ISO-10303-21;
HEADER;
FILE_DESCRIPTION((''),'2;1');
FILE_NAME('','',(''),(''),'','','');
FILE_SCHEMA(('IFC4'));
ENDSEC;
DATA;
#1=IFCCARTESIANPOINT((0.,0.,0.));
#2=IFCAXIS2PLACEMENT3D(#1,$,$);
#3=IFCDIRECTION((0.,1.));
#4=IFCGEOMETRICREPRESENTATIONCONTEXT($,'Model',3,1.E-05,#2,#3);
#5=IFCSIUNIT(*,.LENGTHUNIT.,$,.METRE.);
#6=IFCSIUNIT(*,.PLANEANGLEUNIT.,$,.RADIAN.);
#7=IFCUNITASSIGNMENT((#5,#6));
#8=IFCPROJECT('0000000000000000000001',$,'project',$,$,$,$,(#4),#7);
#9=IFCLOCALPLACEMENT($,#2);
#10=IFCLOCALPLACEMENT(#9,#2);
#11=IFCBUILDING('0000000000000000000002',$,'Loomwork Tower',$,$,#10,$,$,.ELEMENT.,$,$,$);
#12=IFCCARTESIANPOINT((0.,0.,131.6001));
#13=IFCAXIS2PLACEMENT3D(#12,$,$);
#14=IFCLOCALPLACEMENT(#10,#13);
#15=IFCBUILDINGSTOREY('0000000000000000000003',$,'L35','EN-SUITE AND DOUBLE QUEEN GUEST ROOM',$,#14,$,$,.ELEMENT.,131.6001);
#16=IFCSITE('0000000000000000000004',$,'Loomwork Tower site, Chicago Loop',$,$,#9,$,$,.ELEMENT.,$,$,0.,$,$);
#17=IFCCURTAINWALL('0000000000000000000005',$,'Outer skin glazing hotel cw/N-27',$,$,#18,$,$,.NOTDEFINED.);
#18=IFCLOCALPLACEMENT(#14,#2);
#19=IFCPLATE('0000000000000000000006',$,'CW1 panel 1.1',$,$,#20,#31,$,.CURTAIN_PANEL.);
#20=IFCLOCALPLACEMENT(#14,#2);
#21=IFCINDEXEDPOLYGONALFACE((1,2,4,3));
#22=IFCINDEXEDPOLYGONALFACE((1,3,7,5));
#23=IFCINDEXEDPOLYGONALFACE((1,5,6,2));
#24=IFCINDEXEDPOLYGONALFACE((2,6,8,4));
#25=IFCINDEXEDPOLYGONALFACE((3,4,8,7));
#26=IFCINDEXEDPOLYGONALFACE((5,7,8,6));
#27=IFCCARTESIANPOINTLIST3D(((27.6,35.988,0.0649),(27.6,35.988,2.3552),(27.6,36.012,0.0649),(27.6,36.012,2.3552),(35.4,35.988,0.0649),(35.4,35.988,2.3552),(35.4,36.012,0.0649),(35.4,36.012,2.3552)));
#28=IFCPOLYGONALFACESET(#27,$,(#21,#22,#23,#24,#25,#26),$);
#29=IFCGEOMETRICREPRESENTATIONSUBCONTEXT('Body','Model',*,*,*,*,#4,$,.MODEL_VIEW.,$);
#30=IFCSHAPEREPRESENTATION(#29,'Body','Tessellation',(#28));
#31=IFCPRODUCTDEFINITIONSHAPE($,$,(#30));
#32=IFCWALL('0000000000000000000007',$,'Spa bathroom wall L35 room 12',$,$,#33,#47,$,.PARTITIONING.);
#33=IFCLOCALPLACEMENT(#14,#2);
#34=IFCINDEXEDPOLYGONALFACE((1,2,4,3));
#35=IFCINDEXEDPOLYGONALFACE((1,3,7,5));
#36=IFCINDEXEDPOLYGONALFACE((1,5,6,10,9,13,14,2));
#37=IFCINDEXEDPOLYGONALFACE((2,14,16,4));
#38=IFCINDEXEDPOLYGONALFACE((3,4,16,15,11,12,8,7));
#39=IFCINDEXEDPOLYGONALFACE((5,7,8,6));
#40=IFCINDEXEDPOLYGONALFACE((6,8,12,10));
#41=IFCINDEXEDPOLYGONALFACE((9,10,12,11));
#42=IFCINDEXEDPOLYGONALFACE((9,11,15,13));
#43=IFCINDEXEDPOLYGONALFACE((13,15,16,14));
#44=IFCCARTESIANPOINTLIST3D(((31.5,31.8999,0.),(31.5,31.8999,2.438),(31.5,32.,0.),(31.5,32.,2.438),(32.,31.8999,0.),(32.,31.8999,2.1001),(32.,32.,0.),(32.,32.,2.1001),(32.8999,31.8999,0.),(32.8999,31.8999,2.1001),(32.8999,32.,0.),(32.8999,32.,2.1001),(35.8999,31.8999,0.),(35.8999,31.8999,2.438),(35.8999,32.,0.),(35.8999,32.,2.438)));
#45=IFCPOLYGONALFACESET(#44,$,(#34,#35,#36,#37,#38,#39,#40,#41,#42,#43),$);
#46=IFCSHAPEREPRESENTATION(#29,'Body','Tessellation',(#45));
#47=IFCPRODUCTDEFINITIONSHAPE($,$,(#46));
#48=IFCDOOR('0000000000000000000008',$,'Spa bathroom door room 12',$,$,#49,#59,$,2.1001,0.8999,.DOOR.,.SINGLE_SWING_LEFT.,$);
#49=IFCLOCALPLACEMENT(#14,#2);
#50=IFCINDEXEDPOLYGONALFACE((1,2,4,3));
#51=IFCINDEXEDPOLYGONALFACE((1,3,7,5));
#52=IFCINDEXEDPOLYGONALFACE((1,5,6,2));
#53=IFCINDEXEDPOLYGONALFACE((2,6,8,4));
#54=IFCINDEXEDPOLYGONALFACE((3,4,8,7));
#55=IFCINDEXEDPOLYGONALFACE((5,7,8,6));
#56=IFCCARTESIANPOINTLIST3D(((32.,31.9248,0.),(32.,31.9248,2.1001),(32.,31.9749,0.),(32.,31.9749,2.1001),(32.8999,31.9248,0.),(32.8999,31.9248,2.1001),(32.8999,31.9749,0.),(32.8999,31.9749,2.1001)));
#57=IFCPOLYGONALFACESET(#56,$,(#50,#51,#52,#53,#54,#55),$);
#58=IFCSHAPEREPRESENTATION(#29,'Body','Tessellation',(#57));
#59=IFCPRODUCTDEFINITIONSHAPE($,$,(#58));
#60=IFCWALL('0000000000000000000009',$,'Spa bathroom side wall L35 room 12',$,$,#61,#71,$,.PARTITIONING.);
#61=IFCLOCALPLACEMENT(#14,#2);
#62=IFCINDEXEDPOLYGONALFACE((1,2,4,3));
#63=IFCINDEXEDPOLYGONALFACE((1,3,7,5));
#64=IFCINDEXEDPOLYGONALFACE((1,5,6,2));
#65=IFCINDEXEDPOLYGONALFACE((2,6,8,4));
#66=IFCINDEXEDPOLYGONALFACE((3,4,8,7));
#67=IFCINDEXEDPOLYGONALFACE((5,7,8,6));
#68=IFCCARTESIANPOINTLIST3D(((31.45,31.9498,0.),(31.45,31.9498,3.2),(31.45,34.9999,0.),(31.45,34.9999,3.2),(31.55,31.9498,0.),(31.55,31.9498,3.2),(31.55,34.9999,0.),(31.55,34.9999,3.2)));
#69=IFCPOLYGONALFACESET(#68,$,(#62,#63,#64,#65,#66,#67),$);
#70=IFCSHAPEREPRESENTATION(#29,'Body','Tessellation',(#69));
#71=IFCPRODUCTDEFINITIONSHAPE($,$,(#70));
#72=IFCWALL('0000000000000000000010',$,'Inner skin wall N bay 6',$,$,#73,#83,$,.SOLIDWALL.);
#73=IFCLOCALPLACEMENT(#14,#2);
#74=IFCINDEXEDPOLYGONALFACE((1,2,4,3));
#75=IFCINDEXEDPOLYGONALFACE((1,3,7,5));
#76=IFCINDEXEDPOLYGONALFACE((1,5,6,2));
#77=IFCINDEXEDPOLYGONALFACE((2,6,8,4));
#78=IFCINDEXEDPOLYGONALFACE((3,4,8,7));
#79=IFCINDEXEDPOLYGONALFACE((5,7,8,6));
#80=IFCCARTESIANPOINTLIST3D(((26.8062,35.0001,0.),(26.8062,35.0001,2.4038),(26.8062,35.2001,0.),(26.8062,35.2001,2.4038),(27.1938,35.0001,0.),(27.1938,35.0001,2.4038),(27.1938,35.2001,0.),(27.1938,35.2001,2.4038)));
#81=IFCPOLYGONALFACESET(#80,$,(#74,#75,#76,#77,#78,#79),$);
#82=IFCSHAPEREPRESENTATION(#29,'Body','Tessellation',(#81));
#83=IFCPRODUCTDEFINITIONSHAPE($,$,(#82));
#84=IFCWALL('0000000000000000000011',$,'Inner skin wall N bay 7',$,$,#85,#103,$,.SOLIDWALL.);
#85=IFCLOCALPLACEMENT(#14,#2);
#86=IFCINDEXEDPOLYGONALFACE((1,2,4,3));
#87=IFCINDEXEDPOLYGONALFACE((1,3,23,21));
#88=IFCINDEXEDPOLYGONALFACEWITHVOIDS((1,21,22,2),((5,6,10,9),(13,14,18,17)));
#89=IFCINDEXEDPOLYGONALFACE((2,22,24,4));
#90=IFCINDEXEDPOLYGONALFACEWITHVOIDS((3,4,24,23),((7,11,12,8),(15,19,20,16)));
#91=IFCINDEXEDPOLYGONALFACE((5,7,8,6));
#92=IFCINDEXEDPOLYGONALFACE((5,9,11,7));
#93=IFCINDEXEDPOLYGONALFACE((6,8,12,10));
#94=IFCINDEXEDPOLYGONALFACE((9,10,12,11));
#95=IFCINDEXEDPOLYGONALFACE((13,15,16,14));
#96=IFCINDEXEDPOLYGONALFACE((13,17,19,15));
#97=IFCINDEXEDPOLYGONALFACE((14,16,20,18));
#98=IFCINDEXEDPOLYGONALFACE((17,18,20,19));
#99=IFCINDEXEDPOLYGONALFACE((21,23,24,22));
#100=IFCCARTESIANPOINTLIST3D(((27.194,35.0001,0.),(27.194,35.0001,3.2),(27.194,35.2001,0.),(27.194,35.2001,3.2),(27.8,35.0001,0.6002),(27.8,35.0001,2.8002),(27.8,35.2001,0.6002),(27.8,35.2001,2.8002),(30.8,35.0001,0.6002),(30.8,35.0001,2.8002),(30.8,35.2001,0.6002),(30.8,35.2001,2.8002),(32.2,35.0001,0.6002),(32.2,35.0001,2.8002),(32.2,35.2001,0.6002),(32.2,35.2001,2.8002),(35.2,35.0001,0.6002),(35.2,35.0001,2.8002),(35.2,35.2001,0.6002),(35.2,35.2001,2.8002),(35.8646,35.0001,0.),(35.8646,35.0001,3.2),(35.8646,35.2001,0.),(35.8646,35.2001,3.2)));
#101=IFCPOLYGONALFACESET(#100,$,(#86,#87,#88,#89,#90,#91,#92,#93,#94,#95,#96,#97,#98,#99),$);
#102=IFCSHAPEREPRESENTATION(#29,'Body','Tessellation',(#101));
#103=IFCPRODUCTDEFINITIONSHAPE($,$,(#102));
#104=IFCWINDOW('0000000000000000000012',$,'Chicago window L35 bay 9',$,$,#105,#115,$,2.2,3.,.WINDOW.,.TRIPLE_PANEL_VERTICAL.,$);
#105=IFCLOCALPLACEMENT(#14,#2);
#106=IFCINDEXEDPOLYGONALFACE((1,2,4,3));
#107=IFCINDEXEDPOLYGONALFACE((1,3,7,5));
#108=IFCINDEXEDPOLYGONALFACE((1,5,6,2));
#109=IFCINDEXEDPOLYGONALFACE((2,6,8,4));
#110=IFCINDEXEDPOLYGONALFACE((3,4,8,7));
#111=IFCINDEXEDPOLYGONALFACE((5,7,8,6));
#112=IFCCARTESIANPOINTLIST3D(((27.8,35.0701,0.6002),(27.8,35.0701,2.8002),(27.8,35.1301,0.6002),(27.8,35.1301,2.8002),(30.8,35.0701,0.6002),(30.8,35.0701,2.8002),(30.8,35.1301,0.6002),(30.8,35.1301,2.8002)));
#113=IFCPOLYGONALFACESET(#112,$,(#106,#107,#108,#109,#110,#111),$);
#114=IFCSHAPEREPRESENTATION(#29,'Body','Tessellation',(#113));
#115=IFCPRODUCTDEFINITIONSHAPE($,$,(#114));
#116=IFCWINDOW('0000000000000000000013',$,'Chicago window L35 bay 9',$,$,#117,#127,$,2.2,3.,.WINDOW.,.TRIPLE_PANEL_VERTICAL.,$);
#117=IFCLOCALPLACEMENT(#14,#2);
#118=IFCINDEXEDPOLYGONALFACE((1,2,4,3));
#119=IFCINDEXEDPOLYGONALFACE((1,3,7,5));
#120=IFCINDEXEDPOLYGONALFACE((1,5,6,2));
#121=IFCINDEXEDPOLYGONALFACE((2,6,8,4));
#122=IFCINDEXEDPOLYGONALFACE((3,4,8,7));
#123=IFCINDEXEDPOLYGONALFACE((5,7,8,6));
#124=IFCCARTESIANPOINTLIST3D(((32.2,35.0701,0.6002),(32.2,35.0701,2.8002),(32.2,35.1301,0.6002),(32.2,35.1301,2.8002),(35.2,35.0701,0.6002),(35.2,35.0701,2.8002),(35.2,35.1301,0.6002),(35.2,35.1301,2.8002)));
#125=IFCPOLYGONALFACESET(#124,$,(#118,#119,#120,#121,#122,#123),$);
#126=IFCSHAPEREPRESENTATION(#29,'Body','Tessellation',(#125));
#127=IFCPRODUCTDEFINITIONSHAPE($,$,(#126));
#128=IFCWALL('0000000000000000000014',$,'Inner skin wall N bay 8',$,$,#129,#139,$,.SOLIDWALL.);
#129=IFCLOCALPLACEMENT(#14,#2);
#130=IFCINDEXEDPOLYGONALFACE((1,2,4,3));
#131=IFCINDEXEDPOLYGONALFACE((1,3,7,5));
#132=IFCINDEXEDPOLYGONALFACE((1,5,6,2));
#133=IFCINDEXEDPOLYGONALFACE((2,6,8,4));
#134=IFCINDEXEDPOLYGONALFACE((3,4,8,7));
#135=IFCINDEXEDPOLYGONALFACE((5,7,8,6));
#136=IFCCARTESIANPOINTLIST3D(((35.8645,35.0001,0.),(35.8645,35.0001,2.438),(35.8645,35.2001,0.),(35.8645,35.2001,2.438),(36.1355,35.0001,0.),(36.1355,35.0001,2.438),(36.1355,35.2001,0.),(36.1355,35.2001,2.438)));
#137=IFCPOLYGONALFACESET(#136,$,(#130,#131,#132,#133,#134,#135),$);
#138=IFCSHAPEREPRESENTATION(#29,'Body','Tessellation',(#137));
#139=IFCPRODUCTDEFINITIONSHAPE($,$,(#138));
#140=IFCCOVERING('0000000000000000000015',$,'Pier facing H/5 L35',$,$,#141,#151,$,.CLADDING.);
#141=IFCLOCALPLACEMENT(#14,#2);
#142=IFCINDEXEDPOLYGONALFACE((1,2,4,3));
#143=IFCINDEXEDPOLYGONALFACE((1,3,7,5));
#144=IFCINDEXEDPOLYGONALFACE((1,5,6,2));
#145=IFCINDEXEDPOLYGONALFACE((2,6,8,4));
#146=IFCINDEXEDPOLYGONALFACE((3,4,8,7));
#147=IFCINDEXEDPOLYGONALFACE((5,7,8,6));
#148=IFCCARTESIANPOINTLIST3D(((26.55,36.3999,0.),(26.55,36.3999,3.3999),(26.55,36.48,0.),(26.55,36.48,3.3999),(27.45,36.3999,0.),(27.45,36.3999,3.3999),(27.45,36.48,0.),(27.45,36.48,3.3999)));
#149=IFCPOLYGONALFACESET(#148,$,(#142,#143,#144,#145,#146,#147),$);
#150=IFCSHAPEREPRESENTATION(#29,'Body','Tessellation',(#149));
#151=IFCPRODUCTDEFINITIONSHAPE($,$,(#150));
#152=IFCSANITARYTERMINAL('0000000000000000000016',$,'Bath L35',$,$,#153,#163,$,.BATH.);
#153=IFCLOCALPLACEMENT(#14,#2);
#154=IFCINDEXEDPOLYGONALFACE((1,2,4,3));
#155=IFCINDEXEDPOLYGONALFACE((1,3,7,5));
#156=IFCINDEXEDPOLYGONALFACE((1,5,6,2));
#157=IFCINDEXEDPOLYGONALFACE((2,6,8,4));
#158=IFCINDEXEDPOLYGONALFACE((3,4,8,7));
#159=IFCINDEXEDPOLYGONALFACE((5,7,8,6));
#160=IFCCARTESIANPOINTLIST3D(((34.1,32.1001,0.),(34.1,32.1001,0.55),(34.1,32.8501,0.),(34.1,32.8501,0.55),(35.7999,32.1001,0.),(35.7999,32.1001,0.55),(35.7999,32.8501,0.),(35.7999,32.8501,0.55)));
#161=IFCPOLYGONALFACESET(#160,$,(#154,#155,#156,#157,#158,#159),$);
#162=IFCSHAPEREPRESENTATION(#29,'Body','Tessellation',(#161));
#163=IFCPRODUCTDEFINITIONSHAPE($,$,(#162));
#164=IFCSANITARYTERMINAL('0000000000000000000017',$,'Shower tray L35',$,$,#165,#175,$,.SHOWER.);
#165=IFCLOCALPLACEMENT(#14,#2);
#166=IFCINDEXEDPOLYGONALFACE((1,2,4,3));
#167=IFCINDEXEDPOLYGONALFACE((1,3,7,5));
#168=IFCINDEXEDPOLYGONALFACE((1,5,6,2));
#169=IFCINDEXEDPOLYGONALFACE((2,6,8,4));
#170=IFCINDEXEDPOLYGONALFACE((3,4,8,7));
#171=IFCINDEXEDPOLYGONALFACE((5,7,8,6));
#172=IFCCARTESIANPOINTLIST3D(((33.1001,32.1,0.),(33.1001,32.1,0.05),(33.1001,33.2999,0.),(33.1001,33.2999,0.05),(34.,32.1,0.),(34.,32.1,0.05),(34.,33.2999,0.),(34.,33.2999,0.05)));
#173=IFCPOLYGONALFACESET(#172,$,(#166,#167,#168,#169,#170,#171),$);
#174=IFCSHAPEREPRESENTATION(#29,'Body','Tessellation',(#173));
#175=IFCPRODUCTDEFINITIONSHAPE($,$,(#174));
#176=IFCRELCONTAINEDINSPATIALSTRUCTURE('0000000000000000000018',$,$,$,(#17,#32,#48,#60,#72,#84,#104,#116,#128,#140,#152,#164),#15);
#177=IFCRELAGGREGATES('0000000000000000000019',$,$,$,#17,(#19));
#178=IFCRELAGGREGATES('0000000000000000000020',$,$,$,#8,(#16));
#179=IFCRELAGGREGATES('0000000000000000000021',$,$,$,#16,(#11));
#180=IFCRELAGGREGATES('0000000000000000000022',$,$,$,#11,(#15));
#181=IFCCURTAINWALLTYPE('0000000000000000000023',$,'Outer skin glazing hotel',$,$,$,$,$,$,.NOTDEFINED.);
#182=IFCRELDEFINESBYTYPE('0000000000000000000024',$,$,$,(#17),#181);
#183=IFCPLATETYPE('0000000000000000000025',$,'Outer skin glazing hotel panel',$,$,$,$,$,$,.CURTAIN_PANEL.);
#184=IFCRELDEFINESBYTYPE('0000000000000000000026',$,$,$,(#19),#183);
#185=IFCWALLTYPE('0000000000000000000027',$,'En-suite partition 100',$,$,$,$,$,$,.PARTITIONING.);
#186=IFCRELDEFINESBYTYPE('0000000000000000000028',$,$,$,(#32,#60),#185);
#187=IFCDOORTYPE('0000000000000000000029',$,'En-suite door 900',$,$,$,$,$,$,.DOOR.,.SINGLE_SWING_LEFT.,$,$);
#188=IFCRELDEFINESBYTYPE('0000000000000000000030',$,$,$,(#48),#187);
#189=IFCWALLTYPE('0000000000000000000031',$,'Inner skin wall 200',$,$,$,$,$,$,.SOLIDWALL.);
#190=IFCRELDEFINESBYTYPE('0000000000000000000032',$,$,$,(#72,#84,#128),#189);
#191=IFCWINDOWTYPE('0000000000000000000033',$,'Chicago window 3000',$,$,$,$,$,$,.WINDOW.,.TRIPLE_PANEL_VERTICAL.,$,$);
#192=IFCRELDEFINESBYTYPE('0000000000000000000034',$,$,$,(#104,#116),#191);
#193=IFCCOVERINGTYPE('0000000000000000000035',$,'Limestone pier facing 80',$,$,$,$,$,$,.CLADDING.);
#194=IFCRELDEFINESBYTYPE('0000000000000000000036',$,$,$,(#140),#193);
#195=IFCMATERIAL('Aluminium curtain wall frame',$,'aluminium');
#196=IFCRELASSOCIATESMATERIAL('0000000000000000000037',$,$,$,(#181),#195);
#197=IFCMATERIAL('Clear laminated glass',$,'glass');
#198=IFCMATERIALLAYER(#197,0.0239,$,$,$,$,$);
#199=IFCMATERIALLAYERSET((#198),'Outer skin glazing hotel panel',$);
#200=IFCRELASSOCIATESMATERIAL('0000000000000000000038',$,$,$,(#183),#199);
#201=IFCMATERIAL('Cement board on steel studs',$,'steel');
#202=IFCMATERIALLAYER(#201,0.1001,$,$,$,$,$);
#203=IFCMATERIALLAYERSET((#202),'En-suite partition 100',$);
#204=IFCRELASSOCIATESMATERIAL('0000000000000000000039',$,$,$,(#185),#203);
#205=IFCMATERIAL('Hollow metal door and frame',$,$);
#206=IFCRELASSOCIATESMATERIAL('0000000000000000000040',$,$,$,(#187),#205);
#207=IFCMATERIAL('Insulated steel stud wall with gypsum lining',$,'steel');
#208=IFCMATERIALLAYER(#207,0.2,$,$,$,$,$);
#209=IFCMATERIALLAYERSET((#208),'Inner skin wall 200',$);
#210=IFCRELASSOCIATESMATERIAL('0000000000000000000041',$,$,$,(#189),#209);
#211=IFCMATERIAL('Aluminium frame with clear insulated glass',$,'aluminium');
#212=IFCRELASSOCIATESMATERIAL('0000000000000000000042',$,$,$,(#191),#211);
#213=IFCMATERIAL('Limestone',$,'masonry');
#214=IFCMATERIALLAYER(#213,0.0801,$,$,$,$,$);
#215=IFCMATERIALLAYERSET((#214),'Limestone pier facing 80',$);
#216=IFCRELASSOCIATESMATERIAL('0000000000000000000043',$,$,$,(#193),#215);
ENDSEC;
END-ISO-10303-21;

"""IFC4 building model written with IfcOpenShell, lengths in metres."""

from ifc_helpers import new_model, si_unit, direction, frame, frame_2d, origin, origin_2d, place, context, subcontext, project, spatial, rectangle, extrude, material, layer, layer_set, type_object, element, fill, aggregate, save


model = new_model("IFC4")

# Units and contexts
model_context = context("Model", 3, precision=1e-05, world=origin(), true_north=direction((0.0, 1.0)))
body_context = subcontext(model_context, "Body", "Model", "MODEL_VIEW")
ifc_project = project(units=[si_unit("LENGTHUNIT", "METRE"), si_unit("PLANEANGLEUNIT", "RADIAN")], contexts=[model_context])

# Site, building, storey
site_placement = place(None, origin())
site = spatial("IfcSite", under=ifc_project, at=site_placement, Name="Loomwork Tower site, Chicago Loop", CompositionType="ELEMENT", RefElevation=0.0)
building_placement = place(site_placement, origin())
building = spatial("IfcBuilding", under=site, at=building_placement, Name="Loomwork Tower", CompositionType="ELEMENT")
storey_placement = place(building_placement, frame((0.0, 0.0, 131.6001)))
storey = spatial("IfcBuildingStorey", under=building, at=storey_placement, Name="L35", Description="EN-SUITE AND DOUBLE QUEEN GUEST ROOM", CompositionType="ELEMENT", Elevation=131.6001)

# Curtain wall
ifc_material_1 = material(Name="Aluminium curtain wall frame", Category="aluminium")
curtain_wall_type = type_object("IfcCurtainWallType", Name="Outer skin glazing hotel", PredefinedType="NOTDEFINED", material=ifc_material_1)
curtain_wall_1_placement = place(storey_placement, origin())
curtain_wall_1 = element("IfcCurtainWall", 1, at=curtain_wall_1_placement, inside=storey, type_object=curtain_wall_type, Name="Outer skin glazing hotel cw/N-27", PredefinedType="NOTDEFINED")

# Plate
ifc_material_2 = material(Name="Clear laminated glass", Category="glass")
ifc_layer_1 = layer(ifc_material_2, 0.0239)
ifc_layer_set_1 = layer_set([ifc_layer_1], Name="Outer skin glazing hotel panel")
plate_type = type_object("IfcPlateType", Name="Outer skin glazing hotel panel", PredefinedType="CURTAIN_PANEL", material=ifc_layer_set_1)
plate_1_placement = place(storey_placement, frame((31.5, 36.0, 0.0649), z_axis=(0.0, 0.0, 1.0), x_axis=(-1.0, 0.0, 0.0)))
plate_1 = element("IfcPlate", 2, at=plate_1_placement, type_object=plate_type, Name="CW1 panel 1.1", PredefinedType="CURTAIN_PANEL", context=body_context, shape_type="SweptSolid", body=[
    extrude(rectangle(XDim=7.8, YDim=0.0239, at=origin_2d()), origin(), (0.0, 0.0, 1.0), 2.2903),
])
aggregate(curtain_wall_1, [plate_1])

# Wall, opening, door
ifc_material_3 = material(Name="Cement board on steel studs", Category="steel")
ifc_layer_2 = layer(ifc_material_3, 0.1001)
ifc_layer_set_2 = layer_set([ifc_layer_2], Name="En-suite partition 100")
wall_type_1 = type_object("IfcWallType", Name="En-suite partition 100", PredefinedType="PARTITIONING", material=ifc_layer_set_2)
wall_1_placement = place(storey_placement, frame((31.5, 31.95, 0.0), z_axis=(0.0, 0.0, 1.0), x_axis=(1.0, 0.0, 0.0)))
wall_1 = element("IfcWall", 3, at=wall_1_placement, inside=storey, type_object=wall_type_1, Name="Spa bathroom wall L35 room 12", PredefinedType="PARTITIONING", context=body_context, shape_type="SweptSolid", body=[
    extrude(rectangle(XDim=4.3999, YDim=0.1001, at=frame_2d((2.2, 0.0))), origin(), (0.0, 0.0, 1.0), 2.438),
])
opening_1_placement = place(wall_1_placement, frame((0.5, 0.0, 0.0)))
opening_1 = element("IfcOpeningElement", 4, at=opening_1_placement, cuts=wall_1, PredefinedType="OPENING", context=body_context, shape_type="SweptSolid", body=[
    extrude(rectangle(XDim=0.8999, YDim=2.1001, at=frame_2d((0.45, 1.05))), frame((0.0, 0.0601, 0.0), z_axis=(0.0, -1.0, 0.0), x_axis=(1.0, 0.0, 0.0)), (0.0, 0.0, 1.0), 0.1201),
])
ifc_material_4 = material(Name="Hollow metal door and frame")
door_type = type_object("IfcDoorType", Name="En-suite door 900", OperationType="SINGLE_SWING_LEFT", PredefinedType="DOOR", material=ifc_material_4)
door_placement = place(opening_1_placement, origin())
door = element("IfcDoor", 5, at=door_placement, inside=storey, type_object=door_type, Name="Spa bathroom door room 12", OperationType="SINGLE_SWING_LEFT", OverallHeight=2.1001, OverallWidth=0.8999, PredefinedType="DOOR", context=body_context, shape_type="SweptSolid", body=[
    extrude(rectangle(XDim=0.8999, YDim=2.1001, at=frame_2d((0.45, 1.05))), frame((0.0, 0.0249, 0.0), z_axis=(0.0, -1.0, 0.0), x_axis=(1.0, 0.0, 0.0)), (0.0, 0.0, 1.0), 0.05),
])
fill(opening_1, door)

# Walls
wall_2_placement = place(storey_placement, frame((31.5, 31.95, 0.0), z_axis=(0.0, 0.0, 1.0), x_axis=(0.0, 1.0, 0.0)))
element("IfcWall", 6, at=wall_2_placement, inside=storey, type_object=wall_type_1, Name="Spa bathroom side wall L35 room 12", PredefinedType="PARTITIONING", context=body_context, shape_type="SweptSolid", body=[
    extrude(rectangle(XDim=3.05, YDim=0.1001, at=frame_2d((1.5249, 0.0))), origin(), (0.0, 0.0, 1.0), 3.2),
])
ifc_material_5 = material(Name="Insulated steel stud wall with gypsum lining", Category="steel")
ifc_layer_3 = layer(ifc_material_5, 0.2)
ifc_layer_set_3 = layer_set([ifc_layer_3], Name="Inner skin wall 200")
wall_type_2 = type_object("IfcWallType", Name="Inner skin wall 200", PredefinedType="SOLIDWALL", material=ifc_layer_set_3)
wall_3_placement = place(storey_placement, frame((26.8062, 35.1001, 0.0), z_axis=(0.0, 0.0, 1.0), x_axis=(1.0, 0.0, 0.0)))
element("IfcWall", 7, at=wall_3_placement, inside=storey, type_object=wall_type_2, Name="Inner skin wall N bay 6", PredefinedType="SOLIDWALL", context=body_context, shape_type="SweptSolid", body=[
    extrude(rectangle(XDim=0.3877, YDim=0.2, at=frame_2d((0.1938, 0.0))), origin(), (0.0, 0.0, 1.0), 2.4038),
])

# Wall, openings, windows
wall_4_placement = place(storey_placement, frame((27.1938, 35.1001, 0.0), z_axis=(0.0, 0.0, 1.0), x_axis=(1.0, 0.0, 0.0)))
wall_4 = element("IfcWall", 8, at=wall_4_placement, inside=storey, type_object=wall_type_2, Name="Inner skin wall N bay 7", PredefinedType="SOLIDWALL", context=body_context, shape_type="SweptSolid", body=[
    extrude(rectangle(XDim=8.6707, YDim=0.2, at=frame_2d((4.3354, 0.0))), origin(), (0.0, 0.0, 1.0), 3.2),
])
opening_2_placement = place(wall_4_placement, frame((0.6062, 0.0, 0.6001)))
opening_2 = element("IfcOpeningElement", 9, at=opening_2_placement, cuts=wall_4, PredefinedType="OPENING", context=body_context, shape_type="SweptSolid", body=[
    extrude(rectangle(XDim=3.0, YDim=2.2, at=frame_2d((1.5, 1.1001))), frame((0.0, 0.1099, 0.0), z_axis=(0.0, -1.0, 0.0), x_axis=(1.0, 0.0, 0.0)), (0.0, 0.0, 1.0), 0.22),
])
opening_3_placement = place(wall_4_placement, frame((5.0061, 0.0, 0.6001)))
opening_3 = element("IfcOpeningElement", 10, at=opening_3_placement, cuts=wall_4, PredefinedType="OPENING", context=body_context, shape_type="SweptSolid", body=[
    extrude(rectangle(XDim=3.0, YDim=2.2, at=frame_2d((1.5, 1.1001))), frame((0.0, 0.1099, 0.0), z_axis=(0.0, -1.0, 0.0), x_axis=(1.0, 0.0, 0.0)), (0.0, 0.0, 1.0), 0.22),
])
ifc_material_6 = material(Name="Aluminium frame with clear insulated glass", Category="aluminium")
window_type = type_object("IfcWindowType", Name="Chicago window 3000", PartitioningType="TRIPLE_PANEL_VERTICAL", PredefinedType="WINDOW", material=ifc_material_6)
window_1_placement = place(opening_2_placement, origin())
window_1 = element("IfcWindow", 11, at=window_1_placement, inside=storey, type_object=window_type, Name="Chicago window L35 bay 9", OverallHeight=2.2, OverallWidth=3.0, PartitioningType="TRIPLE_PANEL_VERTICAL", PredefinedType="WINDOW", context=body_context, shape_type="SweptSolid", body=[
    extrude(rectangle(XDim=3.0, YDim=2.2, at=frame_2d((1.5, 1.1001))), frame((0.0, 0.03, 0.0), z_axis=(0.0, -1.0, 0.0), x_axis=(1.0, 0.0, 0.0)), (0.0, 0.0, 1.0), 0.0601),
])
fill(opening_2, window_1)
window_2_placement = place(opening_3_placement, origin())
window_2 = element("IfcWindow", 12, at=window_2_placement, inside=storey, type_object=window_type, Name="Chicago window L35 bay 9", OverallHeight=2.2, OverallWidth=3.0, PartitioningType="TRIPLE_PANEL_VERTICAL", PredefinedType="WINDOW", context=body_context, shape_type="SweptSolid", body=[
    extrude(rectangle(XDim=3.0, YDim=2.2, at=frame_2d((1.5, 1.1001))), frame((0.0, 0.03, 0.0), z_axis=(0.0, -1.0, 0.0), x_axis=(1.0, 0.0, 0.0)), (0.0, 0.0, 1.0), 0.0601),
])
fill(opening_3, window_2)

# Wall
wall_5_placement = place(storey_placement, frame((35.8645, 35.1001, 0.0), z_axis=(0.0, 0.0, 1.0), x_axis=(1.0, 0.0, 0.0)))
element("IfcWall", 13, at=wall_5_placement, inside=storey, type_object=wall_type_2, Name="Inner skin wall N bay 8", PredefinedType="SOLIDWALL", context=body_context, shape_type="SweptSolid", body=[
    extrude(rectangle(XDim=0.271, YDim=0.2, at=frame_2d((0.1355, 0.0))), origin(), (0.0, 0.0, 1.0), 2.438),
])

# Covering
ifc_material_7 = material(Name="Limestone", Category="masonry")
ifc_layer_4 = layer(ifc_material_7, 0.0801)
ifc_layer_set_4 = layer_set([ifc_layer_4], Name="Limestone pier facing 80")
covering_type = type_object("IfcCoveringType", Name="Limestone pier facing 80", PredefinedType="CLADDING", material=ifc_layer_set_4)
covering_placement = place(storey_placement, frame((27.0, 36.4399, 0.0), z_axis=(0.0, 0.0, 1.0), x_axis=(1.0, 0.0, 0.0)))
element("IfcCovering", 14, at=covering_placement, inside=storey, type_object=covering_type, Name="Pier facing H/5 L35", PredefinedType="CLADDING", context=body_context, shape_type="SweptSolid", body=[
    extrude(rectangle(XDim=0.8999, YDim=0.0801, at=origin_2d()), origin(), (0.0, 0.0, 1.0), 3.3999),
])

# Sanitary terminals
sanitary_terminal_1_placement = place(storey_placement, frame((34.95, 32.4751, 0.0), z_axis=(0.0, 0.0, 1.0), x_axis=(1.0, 0.0, 0.0)))
element("IfcSanitaryTerminal", 15, at=sanitary_terminal_1_placement, inside=storey, Name="Bath L35", PredefinedType="BATH", context=body_context, shape_type="SweptSolid", body=[
    extrude(rectangle(XDim=1.7, YDim=0.75, at=origin_2d()), origin(), (0.0, 0.0, 1.0), 0.55),
])
sanitary_terminal_2_placement = place(storey_placement, frame((33.55, 32.7, 0.0), z_axis=(0.0, 0.0, 1.0), x_axis=(1.0, 0.0, 0.0)))
element("IfcSanitaryTerminal", 16, at=sanitary_terminal_2_placement, inside=storey, Name="Shower tray L35", PredefinedType="SHOWER", context=body_context, shape_type="SweptSolid", body=[
    extrude(rectangle(XDim=0.8999, YDim=1.2, at=origin_2d()), origin(), (0.0, 0.0, 1.0), 0.05),
])

save(model, "model.ifc")
